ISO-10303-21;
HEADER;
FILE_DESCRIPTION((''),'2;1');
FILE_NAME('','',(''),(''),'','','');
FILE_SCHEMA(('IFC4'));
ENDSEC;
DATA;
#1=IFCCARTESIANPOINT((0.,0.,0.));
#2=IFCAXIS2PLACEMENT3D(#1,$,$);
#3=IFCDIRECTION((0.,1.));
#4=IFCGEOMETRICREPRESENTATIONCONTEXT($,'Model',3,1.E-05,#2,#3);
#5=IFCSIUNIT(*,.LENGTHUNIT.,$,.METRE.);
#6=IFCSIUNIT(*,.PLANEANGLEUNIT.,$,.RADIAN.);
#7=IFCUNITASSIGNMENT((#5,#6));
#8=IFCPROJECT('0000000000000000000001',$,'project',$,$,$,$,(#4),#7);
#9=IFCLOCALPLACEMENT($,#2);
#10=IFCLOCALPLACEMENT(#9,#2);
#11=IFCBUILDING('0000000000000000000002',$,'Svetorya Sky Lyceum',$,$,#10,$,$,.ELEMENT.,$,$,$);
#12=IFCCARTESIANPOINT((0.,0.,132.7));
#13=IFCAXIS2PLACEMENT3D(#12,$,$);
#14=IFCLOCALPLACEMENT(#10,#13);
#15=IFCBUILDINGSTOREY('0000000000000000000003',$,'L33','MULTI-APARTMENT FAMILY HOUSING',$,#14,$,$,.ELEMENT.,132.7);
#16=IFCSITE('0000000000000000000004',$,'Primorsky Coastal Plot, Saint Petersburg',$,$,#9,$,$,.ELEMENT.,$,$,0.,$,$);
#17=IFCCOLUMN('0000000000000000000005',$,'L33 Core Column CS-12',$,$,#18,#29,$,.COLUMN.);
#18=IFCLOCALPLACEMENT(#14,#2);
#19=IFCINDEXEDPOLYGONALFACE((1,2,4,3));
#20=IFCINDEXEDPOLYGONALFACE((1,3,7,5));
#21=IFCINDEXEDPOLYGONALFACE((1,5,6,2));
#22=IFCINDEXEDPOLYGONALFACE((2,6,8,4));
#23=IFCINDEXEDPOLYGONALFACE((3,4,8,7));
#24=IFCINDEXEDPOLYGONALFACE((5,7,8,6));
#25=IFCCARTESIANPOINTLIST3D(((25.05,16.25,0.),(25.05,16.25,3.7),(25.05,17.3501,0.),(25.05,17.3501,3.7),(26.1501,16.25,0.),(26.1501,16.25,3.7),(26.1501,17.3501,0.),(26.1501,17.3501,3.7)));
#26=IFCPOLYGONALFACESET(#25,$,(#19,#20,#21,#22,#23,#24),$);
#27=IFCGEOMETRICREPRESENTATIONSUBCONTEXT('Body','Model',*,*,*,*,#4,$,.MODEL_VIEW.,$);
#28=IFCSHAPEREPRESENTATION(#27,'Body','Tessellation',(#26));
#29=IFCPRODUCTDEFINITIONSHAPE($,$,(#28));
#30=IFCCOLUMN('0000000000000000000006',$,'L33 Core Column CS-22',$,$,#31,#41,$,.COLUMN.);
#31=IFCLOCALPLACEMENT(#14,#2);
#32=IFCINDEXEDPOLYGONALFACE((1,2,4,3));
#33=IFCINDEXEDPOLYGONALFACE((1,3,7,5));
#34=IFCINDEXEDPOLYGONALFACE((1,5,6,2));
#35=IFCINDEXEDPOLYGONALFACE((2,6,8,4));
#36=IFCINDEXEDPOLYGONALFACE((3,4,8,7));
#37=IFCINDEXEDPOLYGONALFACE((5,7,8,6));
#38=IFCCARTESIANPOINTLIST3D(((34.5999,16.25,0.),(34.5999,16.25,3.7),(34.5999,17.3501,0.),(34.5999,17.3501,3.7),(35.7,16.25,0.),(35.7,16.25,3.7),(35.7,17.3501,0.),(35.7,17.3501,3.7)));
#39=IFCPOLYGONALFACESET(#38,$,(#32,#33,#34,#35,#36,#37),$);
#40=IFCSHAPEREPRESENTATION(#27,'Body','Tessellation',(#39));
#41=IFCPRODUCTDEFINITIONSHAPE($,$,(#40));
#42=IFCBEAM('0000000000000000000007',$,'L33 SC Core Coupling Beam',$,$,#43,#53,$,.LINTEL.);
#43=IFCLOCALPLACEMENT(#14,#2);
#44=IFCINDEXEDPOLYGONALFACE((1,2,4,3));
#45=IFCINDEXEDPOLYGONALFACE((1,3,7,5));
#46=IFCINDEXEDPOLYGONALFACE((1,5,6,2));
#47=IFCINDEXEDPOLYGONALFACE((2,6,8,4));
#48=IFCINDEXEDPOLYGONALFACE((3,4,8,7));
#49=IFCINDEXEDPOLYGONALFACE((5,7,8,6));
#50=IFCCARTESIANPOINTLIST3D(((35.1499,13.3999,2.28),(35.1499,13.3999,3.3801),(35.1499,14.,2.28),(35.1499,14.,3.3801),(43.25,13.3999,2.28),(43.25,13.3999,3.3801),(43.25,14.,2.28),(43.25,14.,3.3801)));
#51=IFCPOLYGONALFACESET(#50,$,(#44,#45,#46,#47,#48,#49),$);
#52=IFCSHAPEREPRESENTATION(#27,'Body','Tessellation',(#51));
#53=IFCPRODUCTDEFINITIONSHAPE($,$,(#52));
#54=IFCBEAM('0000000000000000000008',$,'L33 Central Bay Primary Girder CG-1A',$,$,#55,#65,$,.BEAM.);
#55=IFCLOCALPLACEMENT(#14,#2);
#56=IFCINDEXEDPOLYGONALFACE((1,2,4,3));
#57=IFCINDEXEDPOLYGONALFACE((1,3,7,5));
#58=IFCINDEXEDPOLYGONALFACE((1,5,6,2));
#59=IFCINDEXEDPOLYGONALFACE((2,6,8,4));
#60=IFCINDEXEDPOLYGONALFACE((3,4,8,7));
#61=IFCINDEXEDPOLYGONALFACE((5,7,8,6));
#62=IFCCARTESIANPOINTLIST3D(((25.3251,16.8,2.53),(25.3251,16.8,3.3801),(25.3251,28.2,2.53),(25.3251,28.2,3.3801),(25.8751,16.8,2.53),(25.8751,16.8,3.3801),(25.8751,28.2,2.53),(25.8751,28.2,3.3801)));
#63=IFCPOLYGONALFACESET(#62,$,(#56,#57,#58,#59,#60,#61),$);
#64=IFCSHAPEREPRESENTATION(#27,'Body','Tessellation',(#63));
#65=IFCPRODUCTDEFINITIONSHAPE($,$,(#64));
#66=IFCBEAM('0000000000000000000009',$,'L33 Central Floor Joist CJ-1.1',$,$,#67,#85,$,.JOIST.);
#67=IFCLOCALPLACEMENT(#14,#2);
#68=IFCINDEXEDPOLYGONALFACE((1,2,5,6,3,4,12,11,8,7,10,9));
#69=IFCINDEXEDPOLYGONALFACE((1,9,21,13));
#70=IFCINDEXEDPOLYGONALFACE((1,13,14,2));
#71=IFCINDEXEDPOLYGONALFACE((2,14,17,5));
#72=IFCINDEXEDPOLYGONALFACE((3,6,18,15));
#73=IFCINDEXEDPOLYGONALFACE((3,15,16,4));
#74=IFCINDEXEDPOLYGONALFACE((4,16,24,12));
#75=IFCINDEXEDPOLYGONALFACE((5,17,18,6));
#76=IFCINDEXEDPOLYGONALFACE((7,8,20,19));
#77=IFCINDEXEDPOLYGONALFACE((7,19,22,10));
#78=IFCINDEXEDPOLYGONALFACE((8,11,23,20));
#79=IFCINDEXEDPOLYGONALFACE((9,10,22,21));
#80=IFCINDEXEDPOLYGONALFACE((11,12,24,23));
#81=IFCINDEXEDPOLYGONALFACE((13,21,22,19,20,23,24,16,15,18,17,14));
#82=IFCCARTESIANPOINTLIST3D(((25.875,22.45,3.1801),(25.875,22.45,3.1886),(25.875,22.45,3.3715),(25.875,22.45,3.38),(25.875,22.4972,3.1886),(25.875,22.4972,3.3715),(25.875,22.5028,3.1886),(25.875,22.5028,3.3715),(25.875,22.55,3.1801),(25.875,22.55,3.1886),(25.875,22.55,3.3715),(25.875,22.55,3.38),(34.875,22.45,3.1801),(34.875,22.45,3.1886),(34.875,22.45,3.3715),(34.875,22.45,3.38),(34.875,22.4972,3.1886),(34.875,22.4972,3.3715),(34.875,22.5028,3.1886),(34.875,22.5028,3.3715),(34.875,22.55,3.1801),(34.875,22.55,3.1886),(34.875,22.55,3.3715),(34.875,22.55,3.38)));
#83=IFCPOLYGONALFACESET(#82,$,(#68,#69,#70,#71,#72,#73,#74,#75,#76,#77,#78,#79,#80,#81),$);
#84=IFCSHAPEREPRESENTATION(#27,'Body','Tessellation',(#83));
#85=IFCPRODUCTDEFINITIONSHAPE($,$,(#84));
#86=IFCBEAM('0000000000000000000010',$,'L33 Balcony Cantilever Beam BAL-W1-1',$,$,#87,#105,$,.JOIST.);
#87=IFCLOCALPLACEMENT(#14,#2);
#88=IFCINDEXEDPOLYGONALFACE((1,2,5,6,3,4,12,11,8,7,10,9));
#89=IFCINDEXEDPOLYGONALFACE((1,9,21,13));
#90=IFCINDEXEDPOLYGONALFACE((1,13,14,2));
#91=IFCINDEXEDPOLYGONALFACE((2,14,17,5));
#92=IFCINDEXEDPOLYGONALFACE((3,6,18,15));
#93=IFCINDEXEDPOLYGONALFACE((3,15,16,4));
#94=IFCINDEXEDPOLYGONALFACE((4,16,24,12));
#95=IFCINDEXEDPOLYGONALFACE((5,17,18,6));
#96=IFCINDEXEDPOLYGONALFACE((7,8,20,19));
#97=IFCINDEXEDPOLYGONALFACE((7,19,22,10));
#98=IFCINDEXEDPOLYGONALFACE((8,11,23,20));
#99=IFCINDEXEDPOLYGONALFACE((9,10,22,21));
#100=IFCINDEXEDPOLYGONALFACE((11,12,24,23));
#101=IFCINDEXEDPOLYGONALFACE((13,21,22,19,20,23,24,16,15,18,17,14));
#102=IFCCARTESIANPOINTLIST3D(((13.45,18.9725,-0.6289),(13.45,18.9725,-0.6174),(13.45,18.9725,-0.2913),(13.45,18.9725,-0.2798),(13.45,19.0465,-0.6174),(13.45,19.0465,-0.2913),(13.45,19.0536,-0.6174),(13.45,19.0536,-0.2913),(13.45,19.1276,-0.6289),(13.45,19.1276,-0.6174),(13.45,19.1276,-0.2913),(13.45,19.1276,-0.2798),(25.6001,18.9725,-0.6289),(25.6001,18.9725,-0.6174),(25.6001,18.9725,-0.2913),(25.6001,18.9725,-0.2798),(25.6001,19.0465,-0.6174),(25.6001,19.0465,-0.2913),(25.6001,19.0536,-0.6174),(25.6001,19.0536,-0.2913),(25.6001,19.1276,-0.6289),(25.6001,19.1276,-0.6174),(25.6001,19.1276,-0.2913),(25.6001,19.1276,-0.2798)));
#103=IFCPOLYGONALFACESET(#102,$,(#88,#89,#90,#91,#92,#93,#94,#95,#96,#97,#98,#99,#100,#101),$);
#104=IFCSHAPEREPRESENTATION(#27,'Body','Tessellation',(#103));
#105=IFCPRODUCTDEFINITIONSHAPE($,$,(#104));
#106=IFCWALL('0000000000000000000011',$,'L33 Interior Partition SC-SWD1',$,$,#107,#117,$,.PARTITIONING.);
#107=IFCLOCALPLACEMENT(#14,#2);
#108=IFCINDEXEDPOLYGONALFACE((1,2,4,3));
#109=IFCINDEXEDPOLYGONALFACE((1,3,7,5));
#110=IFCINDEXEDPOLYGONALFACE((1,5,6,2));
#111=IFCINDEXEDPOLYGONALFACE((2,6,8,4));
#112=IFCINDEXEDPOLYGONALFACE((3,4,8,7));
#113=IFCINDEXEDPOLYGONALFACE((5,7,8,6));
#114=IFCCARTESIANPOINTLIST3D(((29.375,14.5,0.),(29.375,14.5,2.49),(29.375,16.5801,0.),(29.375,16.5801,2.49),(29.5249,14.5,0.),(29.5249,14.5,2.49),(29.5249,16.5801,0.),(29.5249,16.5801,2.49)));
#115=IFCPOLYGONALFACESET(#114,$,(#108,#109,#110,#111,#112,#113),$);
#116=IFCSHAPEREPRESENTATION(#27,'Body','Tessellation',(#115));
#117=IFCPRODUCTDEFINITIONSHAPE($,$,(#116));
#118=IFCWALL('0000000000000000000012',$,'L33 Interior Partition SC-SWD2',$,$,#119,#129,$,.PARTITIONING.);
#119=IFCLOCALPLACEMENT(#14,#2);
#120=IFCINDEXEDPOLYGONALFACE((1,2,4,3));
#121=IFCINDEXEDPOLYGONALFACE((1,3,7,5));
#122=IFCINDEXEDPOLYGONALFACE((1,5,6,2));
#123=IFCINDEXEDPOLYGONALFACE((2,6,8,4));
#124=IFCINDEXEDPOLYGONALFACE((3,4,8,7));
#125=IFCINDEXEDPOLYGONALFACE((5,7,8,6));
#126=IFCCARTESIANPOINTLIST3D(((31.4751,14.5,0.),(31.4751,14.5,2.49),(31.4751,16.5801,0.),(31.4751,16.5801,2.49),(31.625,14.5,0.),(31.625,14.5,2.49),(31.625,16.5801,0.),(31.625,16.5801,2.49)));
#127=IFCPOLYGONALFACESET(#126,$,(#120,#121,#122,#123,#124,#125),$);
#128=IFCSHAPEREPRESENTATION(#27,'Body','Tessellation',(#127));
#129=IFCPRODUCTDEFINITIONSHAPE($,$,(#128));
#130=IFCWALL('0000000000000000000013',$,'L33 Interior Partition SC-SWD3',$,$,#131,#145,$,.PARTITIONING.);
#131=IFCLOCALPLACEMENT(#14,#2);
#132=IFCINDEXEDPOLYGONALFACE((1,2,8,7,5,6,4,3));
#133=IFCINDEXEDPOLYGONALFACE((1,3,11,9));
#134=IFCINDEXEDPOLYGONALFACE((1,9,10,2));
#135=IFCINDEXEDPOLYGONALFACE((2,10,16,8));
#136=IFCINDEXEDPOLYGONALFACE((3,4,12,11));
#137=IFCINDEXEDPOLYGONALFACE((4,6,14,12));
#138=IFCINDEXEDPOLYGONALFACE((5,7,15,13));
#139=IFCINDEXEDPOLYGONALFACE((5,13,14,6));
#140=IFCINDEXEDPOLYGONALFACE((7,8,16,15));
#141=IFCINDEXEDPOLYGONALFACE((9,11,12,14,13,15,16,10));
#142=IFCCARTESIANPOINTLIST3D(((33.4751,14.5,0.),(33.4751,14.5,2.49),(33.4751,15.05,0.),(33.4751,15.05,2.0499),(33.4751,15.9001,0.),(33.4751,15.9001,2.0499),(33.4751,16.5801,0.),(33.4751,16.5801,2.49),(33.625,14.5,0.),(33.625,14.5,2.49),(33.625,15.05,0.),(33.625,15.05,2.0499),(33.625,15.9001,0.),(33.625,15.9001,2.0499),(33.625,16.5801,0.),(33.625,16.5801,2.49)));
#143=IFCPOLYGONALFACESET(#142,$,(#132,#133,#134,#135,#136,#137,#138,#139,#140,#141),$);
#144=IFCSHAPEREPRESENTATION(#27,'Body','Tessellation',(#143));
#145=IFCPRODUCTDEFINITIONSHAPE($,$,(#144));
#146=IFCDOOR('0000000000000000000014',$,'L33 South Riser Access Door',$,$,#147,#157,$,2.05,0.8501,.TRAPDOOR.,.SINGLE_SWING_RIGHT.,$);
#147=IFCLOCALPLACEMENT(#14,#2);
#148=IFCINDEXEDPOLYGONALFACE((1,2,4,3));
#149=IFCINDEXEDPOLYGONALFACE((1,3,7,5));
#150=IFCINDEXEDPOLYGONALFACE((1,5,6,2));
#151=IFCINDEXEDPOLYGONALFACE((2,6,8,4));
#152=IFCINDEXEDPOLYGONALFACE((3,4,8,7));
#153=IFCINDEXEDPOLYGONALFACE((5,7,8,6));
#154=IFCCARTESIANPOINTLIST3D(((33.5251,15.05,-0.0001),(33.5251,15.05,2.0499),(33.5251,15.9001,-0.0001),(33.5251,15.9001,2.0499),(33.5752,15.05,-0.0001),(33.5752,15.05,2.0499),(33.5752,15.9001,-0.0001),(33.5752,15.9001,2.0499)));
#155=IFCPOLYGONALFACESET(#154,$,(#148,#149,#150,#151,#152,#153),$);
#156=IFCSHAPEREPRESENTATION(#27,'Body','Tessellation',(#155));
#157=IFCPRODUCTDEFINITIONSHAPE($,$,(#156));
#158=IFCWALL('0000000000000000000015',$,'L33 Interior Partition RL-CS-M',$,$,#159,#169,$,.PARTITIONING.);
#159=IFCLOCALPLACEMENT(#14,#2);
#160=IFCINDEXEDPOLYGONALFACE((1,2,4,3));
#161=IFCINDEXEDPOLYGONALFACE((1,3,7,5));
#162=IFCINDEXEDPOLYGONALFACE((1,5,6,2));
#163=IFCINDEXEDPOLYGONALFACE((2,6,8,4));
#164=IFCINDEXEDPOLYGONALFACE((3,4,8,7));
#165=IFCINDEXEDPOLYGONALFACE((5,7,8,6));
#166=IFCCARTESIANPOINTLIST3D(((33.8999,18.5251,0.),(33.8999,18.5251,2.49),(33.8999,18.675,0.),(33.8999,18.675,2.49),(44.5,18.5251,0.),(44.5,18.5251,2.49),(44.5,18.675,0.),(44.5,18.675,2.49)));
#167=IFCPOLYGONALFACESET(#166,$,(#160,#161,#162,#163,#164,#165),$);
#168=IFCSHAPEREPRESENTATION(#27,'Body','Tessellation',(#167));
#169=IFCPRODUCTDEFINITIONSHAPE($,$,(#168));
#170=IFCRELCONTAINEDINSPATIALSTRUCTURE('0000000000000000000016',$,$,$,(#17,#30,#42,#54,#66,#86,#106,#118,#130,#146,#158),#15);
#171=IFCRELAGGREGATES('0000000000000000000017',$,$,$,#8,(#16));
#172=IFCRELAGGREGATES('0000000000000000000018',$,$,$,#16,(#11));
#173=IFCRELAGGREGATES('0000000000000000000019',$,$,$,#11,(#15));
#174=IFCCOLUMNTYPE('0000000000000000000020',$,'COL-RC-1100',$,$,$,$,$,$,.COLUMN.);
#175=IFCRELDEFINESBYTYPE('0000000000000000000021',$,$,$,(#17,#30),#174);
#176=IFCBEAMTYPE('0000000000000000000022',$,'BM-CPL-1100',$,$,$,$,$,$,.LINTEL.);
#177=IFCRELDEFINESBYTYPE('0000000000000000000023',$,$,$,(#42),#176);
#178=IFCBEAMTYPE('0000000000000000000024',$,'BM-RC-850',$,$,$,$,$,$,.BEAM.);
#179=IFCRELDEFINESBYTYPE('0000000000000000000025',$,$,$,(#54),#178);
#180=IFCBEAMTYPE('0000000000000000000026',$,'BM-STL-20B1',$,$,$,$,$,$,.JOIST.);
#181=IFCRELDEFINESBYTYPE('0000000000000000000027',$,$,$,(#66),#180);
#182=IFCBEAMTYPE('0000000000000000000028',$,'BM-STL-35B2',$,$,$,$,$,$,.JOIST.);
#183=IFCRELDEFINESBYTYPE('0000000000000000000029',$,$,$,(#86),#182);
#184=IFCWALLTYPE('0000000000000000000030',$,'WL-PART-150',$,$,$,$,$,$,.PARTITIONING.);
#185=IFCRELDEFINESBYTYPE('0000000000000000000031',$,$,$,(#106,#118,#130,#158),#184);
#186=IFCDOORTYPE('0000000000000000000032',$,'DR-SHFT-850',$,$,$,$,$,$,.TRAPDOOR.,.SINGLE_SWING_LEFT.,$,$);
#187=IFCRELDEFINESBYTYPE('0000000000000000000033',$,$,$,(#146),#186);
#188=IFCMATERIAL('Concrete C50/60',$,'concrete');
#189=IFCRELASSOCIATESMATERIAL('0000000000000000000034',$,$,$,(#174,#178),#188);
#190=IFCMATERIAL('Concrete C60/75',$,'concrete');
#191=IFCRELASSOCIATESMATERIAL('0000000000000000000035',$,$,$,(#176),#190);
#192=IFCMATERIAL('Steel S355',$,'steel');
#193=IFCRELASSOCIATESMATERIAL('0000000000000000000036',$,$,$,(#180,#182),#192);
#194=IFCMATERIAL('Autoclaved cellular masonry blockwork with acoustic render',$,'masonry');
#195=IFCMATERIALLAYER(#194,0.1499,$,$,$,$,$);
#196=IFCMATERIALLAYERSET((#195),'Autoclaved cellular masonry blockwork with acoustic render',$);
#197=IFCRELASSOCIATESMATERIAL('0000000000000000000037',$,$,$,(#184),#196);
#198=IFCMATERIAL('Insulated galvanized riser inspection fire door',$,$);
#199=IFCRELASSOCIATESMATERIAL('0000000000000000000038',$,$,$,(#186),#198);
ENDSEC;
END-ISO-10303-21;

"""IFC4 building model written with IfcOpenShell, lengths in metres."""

from ifc_helpers import new_model, si_unit, direction, frame, frame_2d, origin, origin_2d, place, context, subcontext, project, spatial, rectangle, i_section, extrude, material, layer, layer_set, material_profile, profile_set, type_object, element, fill, save


model = new_model("IFC4")

# Units and contexts
model_context = context("Model", 3, precision=1e-05, world=origin(), true_north=direction((0.0, 1.0)))
body_context = subcontext(model_context, "Body", "Model", "MODEL_VIEW")
ifc_project = project(units=[si_unit("LENGTHUNIT", "METRE"), si_unit("PLANEANGLEUNIT", "RADIAN")], contexts=[model_context])

# Site, building, storey
site_placement = place(None, origin())
site = spatial("IfcSite", under=ifc_project, at=site_placement, Name="Primorsky Coastal Plot, Saint Petersburg", CompositionType="ELEMENT", RefElevation=0.0)
building_placement = place(site_placement, origin())
building = spatial("IfcBuilding", under=site, at=building_placement, Name="Svetorya Sky Lyceum", CompositionType="ELEMENT")
storey_placement = place(building_placement, frame((0.0, 0.0, 132.7)))
storey = spatial("IfcBuildingStorey", under=building, at=storey_placement, Name="L33", Description="MULTI-APARTMENT FAMILY HOUSING", CompositionType="ELEMENT", Elevation=132.7)

# Columns
ifc_material_1 = material(Name="Concrete C50/60", Category="concrete")
ifc_material_profile_1 = material_profile(ifc_material_1, rectangle(XDim=1.1001, YDim=1.1001, at=origin_2d()), Name="RC COL 1100x1100")
ifc_profile_set_1 = profile_set([ifc_material_profile_1], Name="Concrete C50/60")
column_type = type_object("IfcColumnType", Name="COL-RC-1100", PredefinedType="COLUMN", material=ifc_profile_set_1)
for number, where, z_axis, x_axis, name in (
    (1, (25.6001, 16.8, 0.0), (0.0, 0.0, 1.0), (1.0, 0.0, 0.0), "L33 Core Column CS-12"),
    (2, (35.1499, 16.8, 0.0), (0.0, 0.0, 1.0), (1.0, 0.0, 0.0), "L33 Core Column CS-22"),
):
    element("IfcColumn", number, at=place(storey_placement, frame(where, z_axis=z_axis, x_axis=x_axis)), inside=storey, type_object=column_type, Name=name, PredefinedType="COLUMN", context=body_context, shape_type="SweptSolid", body=[
        extrude(rectangle(XDim=1.1001, YDim=1.1001, at=origin_2d()), origin(), (0.0, 0.0, 1.0), 3.7),
    ])

# Beams
ifc_material_2 = material(Name="Concrete C60/75", Category="concrete")
ifc_material_profile_2 = material_profile(ifc_material_2, rectangle(XDim=0.6001, YDim=1.1001, at=origin_2d()), Name="RC COUPLING 600x1100")
ifc_profile_set_2 = profile_set([ifc_material_profile_2], Name="Concrete C60/75")
beam_type_1 = type_object("IfcBeamType", Name="BM-CPL-1100", PredefinedType="LINTEL", material=ifc_profile_set_2)
beam_1_placement = place(storey_placement, frame((35.1499, 13.7, 2.8301), z_axis=(1.0, 0.0, 0.0), x_axis=(0.0, 1.0, 0.0)))
element("IfcBeam", 3, at=beam_1_placement, inside=storey, type_object=beam_type_1, Name="L33 SC Core Coupling Beam", PredefinedType="LINTEL", context=body_context, shape_type="SweptSolid", body=[
    extrude(rectangle(XDim=0.6001, YDim=1.1001, at=origin_2d()), origin(), (0.0, 0.0, 1.0), 8.1001),
])
ifc_material_profile_3 = material_profile(ifc_material_1, rectangle(XDim=0.55, YDim=0.8501, at=origin_2d()), Name="RC BEAM 550x850")
ifc_profile_set_3 = profile_set([ifc_material_profile_3], Name="Concrete C50/60")
beam_type_2 = type_object("IfcBeamType", Name="BM-RC-850", PredefinedType="BEAM", material=ifc_profile_set_3)
beam_2_placement = place(storey_placement, frame((25.6001, 16.8, 2.9551), z_axis=(0.0, 1.0, 0.0), x_axis=(-1.0, 0.0, 0.0)))
element("IfcBeam", 4, at=beam_2_placement, inside=storey, type_object=beam_type_2, Name="L33 Central Bay Primary Girder CG-1A", PredefinedType="BEAM", context=body_context, shape_type="SweptSolid", body=[
    extrude(rectangle(XDim=0.55, YDim=0.8501, at=origin_2d()), origin(), (0.0, 0.0, 1.0), 11.3999),
])
ifc_material_3 = material(Name="Steel S355", Category="steel")
ifc_material_profile_4 = material_profile(ifc_material_3, i_section(OverallWidth=0.1001, OverallDepth=0.2, WebThickness=0.0056, FlangeThickness=0.0085, at=origin_2d()), Name="GOST 20B1")
ifc_profile_set_4 = profile_set([ifc_material_profile_4], Name="Steel S355")
beam_type_3 = type_object("IfcBeamType", Name="BM-STL-20B1", PredefinedType="JOIST", material=ifc_profile_set_4)
beam_3_placement = place(storey_placement, frame((25.875, 22.5, 3.28), z_axis=(1.0, 0.0, 0.0), x_axis=(0.0, 1.0, 0.0)))
element("IfcBeam", 5, at=beam_3_placement, inside=storey, type_object=beam_type_3, Name="L33 Central Floor Joist CJ-1.1", PredefinedType="JOIST", context=body_context, shape_type="SweptSolid", body=[
    extrude(i_section(OverallWidth=0.1001, OverallDepth=0.2, WebThickness=0.0056, FlangeThickness=0.0085, at=origin_2d()), origin(), (0.0, 0.0, 1.0), 9.0),
])
ifc_material_profile_5 = material_profile(ifc_material_3, i_section(OverallWidth=0.155, OverallDepth=0.3491, WebThickness=0.0071, FlangeThickness=0.0115, at=origin_2d()), Name="GOST 35B2")
ifc_profile_set_5 = profile_set([ifc_material_profile_5], Name="Steel S355")
beam_type_4 = type_object("IfcBeamType", Name="BM-STL-35B2", PredefinedType="JOIST", material=ifc_profile_set_5)
beam_4_placement = place(storey_placement, frame((25.6001, 19.05, -0.4543), z_axis=(-1.0, 0.0, 0.0), x_axis=(0.0, -1.0, 0.0)))
element("IfcBeam", 6, at=beam_4_placement, inside=storey, type_object=beam_type_4, Name="L33 Balcony Cantilever Beam BAL-W1-1", PredefinedType="JOIST", context=body_context, shape_type="SweptSolid", body=[
    extrude(i_section(OverallWidth=0.155, OverallDepth=0.3491, WebThickness=0.0071, FlangeThickness=0.0115, at=origin_2d()), origin(), (0.0, 0.0, 1.0), 12.1501),
])

# Walls
ifc_material_4 = material(Name="Autoclaved cellular masonry blockwork with acoustic render", Category="masonry")
ifc_layer_1 = layer(ifc_material_4, 0.1499)
ifc_layer_set_1 = layer_set([ifc_layer_1], Name="Autoclaved cellular masonry blockwork with acoustic render")
wall_type_1 = type_object("IfcWallType", Name="WL-PART-150", PredefinedType="PARTITIONING", material=ifc_layer_set_1)
for number, where, z_axis, x_axis, name in (
    (7, (29.45, 14.5, 0.0), (0.0, 0.0, 1.0), (0.0, 1.0, 0.0), "L33 Interior Partition SC-SWD1"),
    (8, (31.55, 14.5, 0.0), (0.0, 0.0, 1.0), (0.0, 1.0, 0.0), "L33 Interior Partition SC-SWD2"),
):
    element("IfcWall", number, at=place(storey_placement, frame(where, z_axis=z_axis, x_axis=x_axis)), inside=storey, type_object=wall_type_1, Name=name, PredefinedType="PARTITIONING", context=body_context, shape_type="SweptSolid", body=[
        extrude(rectangle(XDim=2.0801, YDim=0.1499, at=frame_2d((1.04, 0.0))), origin(), (0.0, 0.0, 1.0), 2.49),
    ])

# Wall, opening, door
wall_1_placement = place(storey_placement, frame((33.55, 14.5, 0.0), z_axis=(0.0, 0.0, 1.0), x_axis=(0.0, 1.0, 0.0)))
wall_1 = element("IfcWall", 9, at=wall_1_placement, inside=storey, type_object=wall_type_1, Name="L33 Interior Partition SC-SWD3", PredefinedType="PARTITIONING", context=body_context, shape_type="SweptSolid", body=[
    extrude(rectangle(XDim=2.0801, YDim=0.1499, at=frame_2d((1.04, 0.0))), origin(), (0.0, 0.0, 1.0), 2.49),
])
opening_1_placement = place(wall_1_placement, frame((0.55, 0.0, 0.0)))
opening_1 = element("IfcOpeningElement", 10, at=opening_1_placement, cuts=wall_1, PredefinedType="OPENING", context=body_context, shape_type="SweptSolid", body=[
    extrude(rectangle(XDim=0.8501, YDim=2.05, at=frame_2d((0.425, 1.0249))), frame((0.0, 0.085, 0.0), z_axis=(0.0, -1.0, 0.0), x_axis=(1.0, 0.0, 0.0)), (0.0, 0.0, 1.0), 0.1699),
])
ifc_material_5 = material(Name="Insulated galvanized riser inspection fire door")
door_type_1 = type_object("IfcDoorType", Name="DR-SHFT-850", OperationType="SINGLE_SWING_LEFT", PredefinedType="TRAPDOOR", material=ifc_material_5)
door_1_placement = place(opening_1_placement, origin())
door_1 = element("IfcDoor", 11, at=door_1_placement, inside=storey, type_object=door_type_1, Name="L33 South Riser Access Door", OperationType="SINGLE_SWING_RIGHT", OverallHeight=2.05, OverallWidth=0.8501, PredefinedType="TRAPDOOR", context=body_context, shape_type="SweptSolid", body=[
    extrude(rectangle(XDim=0.8501, YDim=2.05, at=frame_2d((0.425, 1.0249))), frame((0.0, 0.0249, 0.0), z_axis=(0.0, -1.0, 0.0), x_axis=(1.0, 0.0, 0.0)), (0.0, 0.0, 1.0), 0.05),
])
fill(opening_1, door_1)

# Wall
wall_2_placement = place(storey_placement, frame((33.8999, 18.6001, 0.0), z_axis=(0.0, 0.0, 1.0), x_axis=(1.0, 0.0, 0.0)))
element("IfcWall", 12, at=wall_2_placement, inside=storey, type_object=wall_type_1, Name="L33 Interior Partition RL-CS-M", PredefinedType="PARTITIONING", context=body_context, shape_type="SweptSolid", body=[
    extrude(rectangle(XDim=10.6001, YDim=0.1499, at=frame_2d((5.3, 0.0))), origin(), (0.0, 0.0, 1.0), 2.49),
])

save(model, "model.ifc")
